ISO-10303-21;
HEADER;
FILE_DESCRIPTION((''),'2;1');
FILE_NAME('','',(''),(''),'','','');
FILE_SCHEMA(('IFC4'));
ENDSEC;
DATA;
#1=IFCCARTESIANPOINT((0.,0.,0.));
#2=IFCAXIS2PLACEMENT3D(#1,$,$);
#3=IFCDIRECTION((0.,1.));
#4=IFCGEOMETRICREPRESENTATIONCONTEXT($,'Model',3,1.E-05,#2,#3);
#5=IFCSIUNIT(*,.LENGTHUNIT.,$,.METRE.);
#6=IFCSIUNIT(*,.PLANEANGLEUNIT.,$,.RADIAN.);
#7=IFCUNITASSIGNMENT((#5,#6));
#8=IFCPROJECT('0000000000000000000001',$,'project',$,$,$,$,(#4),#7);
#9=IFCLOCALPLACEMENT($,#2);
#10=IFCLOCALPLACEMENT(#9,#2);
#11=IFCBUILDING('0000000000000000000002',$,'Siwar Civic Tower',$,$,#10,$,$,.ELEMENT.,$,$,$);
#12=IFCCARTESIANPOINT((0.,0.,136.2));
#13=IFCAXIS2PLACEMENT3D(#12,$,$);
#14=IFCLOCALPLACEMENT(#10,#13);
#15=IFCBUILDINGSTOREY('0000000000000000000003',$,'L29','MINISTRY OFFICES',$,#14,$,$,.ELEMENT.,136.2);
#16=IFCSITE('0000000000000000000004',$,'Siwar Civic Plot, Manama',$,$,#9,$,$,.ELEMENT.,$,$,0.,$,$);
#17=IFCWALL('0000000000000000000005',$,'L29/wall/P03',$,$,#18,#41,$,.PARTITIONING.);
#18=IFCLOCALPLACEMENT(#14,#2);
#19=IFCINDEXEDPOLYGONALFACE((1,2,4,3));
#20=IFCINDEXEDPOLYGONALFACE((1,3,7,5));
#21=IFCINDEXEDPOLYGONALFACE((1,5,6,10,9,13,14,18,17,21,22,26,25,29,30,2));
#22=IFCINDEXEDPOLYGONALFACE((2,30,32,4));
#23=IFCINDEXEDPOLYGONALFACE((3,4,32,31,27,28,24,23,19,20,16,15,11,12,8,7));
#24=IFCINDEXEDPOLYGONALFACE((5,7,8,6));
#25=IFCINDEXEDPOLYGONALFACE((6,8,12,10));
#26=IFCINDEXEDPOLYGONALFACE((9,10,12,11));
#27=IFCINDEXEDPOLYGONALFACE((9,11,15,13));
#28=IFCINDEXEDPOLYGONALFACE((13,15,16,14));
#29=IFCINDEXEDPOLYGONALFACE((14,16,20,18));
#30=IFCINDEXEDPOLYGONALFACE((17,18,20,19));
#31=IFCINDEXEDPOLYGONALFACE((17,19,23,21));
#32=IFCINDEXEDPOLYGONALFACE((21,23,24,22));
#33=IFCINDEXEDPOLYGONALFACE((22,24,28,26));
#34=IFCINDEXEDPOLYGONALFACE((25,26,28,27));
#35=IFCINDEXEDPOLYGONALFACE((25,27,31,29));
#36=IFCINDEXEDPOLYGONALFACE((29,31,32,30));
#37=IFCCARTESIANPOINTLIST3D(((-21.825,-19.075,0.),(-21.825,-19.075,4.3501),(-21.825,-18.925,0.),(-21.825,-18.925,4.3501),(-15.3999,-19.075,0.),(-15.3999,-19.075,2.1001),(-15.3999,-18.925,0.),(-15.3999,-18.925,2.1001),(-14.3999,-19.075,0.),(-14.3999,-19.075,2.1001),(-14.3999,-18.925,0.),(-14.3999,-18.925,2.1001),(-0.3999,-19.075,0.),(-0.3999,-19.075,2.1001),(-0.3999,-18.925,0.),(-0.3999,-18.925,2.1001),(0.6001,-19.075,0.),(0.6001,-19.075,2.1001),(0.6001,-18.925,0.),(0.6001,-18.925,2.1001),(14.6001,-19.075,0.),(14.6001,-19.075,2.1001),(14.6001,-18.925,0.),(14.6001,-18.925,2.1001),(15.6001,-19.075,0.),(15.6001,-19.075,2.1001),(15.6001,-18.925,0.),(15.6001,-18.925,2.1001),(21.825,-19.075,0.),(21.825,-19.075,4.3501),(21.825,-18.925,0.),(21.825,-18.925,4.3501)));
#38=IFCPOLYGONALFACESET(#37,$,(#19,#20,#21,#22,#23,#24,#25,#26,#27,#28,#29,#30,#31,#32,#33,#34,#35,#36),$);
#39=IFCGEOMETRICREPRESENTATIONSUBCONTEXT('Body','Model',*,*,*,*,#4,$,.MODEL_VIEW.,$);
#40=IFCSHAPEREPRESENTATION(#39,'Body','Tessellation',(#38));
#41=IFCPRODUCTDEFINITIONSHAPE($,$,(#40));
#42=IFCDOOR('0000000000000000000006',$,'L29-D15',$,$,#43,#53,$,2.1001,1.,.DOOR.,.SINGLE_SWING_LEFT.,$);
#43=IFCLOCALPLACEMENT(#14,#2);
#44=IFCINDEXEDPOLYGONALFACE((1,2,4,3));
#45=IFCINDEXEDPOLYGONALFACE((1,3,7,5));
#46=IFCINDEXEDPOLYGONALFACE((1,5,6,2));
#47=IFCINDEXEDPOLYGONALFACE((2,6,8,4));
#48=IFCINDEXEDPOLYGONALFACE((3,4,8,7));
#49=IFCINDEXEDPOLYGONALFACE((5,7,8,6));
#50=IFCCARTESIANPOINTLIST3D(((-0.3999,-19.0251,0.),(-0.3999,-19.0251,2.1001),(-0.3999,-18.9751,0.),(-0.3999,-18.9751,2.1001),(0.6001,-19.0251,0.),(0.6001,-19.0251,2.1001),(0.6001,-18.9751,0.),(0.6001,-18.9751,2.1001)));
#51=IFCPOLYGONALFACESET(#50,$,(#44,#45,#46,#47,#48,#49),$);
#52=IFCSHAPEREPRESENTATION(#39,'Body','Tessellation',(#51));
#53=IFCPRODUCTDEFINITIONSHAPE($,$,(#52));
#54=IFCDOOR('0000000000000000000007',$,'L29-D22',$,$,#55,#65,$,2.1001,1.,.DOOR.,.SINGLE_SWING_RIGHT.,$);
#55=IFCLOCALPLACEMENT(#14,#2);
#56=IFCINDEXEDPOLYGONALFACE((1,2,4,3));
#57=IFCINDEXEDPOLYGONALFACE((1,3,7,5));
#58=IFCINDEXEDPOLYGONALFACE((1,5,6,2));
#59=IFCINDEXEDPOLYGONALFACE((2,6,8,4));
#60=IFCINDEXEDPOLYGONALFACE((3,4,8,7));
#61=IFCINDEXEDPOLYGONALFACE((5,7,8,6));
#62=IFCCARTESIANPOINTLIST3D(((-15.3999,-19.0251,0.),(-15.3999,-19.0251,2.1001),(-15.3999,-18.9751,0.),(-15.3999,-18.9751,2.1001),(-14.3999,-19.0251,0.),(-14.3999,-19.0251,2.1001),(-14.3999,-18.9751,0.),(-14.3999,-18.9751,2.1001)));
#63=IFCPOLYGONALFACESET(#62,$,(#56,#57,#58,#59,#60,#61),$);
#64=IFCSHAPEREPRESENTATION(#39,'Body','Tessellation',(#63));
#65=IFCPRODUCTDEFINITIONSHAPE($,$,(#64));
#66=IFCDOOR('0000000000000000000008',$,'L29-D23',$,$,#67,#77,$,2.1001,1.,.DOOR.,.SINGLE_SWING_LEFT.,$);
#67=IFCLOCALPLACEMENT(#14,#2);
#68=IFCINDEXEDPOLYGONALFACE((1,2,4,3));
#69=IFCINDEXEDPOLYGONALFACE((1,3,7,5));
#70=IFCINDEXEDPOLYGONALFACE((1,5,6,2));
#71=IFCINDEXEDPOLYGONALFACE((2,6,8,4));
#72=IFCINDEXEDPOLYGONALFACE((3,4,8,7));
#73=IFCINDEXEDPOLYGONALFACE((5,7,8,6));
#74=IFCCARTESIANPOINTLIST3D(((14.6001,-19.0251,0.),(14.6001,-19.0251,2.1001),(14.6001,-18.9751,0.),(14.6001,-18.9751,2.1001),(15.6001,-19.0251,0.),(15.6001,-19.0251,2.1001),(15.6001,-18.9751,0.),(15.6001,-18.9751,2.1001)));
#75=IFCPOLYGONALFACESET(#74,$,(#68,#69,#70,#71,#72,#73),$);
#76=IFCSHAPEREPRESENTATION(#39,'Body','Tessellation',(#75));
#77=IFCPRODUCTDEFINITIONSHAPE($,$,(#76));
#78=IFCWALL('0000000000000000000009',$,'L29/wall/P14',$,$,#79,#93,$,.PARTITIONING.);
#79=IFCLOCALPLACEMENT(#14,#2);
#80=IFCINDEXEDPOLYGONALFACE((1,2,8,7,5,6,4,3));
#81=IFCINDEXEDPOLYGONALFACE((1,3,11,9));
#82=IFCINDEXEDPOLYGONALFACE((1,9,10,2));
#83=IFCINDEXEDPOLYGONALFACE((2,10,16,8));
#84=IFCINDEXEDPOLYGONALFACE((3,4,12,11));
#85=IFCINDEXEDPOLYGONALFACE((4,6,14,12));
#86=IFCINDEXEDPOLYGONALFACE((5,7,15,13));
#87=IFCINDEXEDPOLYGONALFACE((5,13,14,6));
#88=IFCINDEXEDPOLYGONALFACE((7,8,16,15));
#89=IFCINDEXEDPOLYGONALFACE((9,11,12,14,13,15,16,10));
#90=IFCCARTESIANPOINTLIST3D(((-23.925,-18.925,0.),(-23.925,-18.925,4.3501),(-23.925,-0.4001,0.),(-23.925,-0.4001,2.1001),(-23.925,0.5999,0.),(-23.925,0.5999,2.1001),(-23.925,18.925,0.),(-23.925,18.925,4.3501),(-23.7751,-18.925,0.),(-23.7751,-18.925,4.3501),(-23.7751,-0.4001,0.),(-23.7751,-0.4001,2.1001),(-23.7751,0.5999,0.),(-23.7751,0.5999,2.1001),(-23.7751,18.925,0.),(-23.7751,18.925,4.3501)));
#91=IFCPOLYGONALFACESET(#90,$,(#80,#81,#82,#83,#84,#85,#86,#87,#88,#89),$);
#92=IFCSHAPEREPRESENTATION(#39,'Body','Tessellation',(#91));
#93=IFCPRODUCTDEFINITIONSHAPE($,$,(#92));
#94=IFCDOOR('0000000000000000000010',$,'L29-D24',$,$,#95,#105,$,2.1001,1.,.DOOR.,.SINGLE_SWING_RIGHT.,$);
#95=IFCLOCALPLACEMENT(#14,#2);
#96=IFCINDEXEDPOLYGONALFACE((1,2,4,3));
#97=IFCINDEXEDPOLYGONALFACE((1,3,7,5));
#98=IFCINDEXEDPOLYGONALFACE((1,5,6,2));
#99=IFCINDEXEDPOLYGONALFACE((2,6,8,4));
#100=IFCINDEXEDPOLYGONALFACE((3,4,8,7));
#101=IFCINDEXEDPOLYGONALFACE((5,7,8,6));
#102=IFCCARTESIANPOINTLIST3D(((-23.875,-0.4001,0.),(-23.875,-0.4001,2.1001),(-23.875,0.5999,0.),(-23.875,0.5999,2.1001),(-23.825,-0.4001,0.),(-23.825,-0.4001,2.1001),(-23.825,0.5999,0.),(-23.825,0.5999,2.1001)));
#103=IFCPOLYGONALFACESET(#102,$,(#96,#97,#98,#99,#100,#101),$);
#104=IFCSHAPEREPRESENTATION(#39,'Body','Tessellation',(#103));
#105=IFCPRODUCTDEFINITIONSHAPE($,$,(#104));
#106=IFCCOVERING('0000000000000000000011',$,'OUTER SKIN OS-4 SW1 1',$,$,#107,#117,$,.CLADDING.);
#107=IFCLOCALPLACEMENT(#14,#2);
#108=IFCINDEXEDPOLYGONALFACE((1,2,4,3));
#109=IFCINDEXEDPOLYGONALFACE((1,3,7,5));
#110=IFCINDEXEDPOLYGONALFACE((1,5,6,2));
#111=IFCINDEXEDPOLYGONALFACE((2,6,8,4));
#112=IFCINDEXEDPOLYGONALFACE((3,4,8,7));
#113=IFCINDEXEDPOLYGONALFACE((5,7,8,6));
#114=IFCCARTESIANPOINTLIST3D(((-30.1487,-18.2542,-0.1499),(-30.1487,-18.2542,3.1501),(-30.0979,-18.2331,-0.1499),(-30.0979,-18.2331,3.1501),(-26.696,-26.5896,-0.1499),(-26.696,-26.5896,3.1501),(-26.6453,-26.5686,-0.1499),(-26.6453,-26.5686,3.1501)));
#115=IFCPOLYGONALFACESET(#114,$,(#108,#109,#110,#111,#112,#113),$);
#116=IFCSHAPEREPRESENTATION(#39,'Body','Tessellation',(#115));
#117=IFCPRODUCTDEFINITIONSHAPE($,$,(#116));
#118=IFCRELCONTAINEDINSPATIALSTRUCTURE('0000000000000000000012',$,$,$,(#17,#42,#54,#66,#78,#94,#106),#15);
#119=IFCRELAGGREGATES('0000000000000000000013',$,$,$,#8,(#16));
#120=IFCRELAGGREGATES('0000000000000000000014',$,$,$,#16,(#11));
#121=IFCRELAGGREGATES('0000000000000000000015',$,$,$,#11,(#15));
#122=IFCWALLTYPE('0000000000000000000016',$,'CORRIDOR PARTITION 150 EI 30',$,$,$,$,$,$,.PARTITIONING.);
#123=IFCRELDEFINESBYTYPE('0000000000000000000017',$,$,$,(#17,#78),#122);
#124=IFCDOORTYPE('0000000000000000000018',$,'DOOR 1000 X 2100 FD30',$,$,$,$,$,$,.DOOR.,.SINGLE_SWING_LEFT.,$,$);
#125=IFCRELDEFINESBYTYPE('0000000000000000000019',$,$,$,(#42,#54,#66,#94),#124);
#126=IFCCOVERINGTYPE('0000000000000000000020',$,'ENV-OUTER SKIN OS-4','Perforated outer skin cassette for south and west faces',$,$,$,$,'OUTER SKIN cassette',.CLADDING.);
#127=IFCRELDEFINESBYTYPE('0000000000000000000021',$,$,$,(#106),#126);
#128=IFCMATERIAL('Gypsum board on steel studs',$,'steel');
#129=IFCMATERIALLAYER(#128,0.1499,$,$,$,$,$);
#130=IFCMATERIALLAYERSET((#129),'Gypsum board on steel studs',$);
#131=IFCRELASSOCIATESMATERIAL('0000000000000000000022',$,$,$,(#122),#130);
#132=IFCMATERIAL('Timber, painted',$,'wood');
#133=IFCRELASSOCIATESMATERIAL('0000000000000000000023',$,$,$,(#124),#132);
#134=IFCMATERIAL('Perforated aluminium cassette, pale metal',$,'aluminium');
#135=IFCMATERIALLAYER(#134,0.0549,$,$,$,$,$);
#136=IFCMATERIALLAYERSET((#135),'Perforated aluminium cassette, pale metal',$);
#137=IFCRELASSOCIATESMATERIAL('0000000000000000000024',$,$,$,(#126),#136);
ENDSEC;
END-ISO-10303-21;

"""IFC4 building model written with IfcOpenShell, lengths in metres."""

from ifc_helpers import new_model, si_unit, direction, frame, frame_2d, origin, origin_2d, place, context, subcontext, project, spatial, rectangle, extrude, material, layer, layer_set, type_object, element, fill, save


model = new_model("IFC4")

# Units and contexts
model_context = context("Model", 3, precision=1e-05, world=origin(), true_north=direction((0.0, 1.0)))
body_context = subcontext(model_context, "Body", "Model", "MODEL_VIEW")
ifc_project = project(units=[si_unit("LENGTHUNIT", "METRE"), si_unit("PLANEANGLEUNIT", "RADIAN")], contexts=[model_context])

# Site, building, storey
site_placement = place(None, origin())
site = spatial("IfcSite", under=ifc_project, at=site_placement, Name="Siwar Civic Plot, Manama", CompositionType="ELEMENT", RefElevation=0.0)
building_placement = place(site_placement, origin())
building = spatial("IfcBuilding", under=site, at=building_placement, Name="Siwar Civic Tower", CompositionType="ELEMENT")
storey_placement = place(building_placement, frame((0.0, 0.0, 136.2)))
storey = spatial("IfcBuildingStorey", under=building, at=storey_placement, Name="L29", Description="MINISTRY OFFICES", CompositionType="ELEMENT", Elevation=136.2)

# Shared definitions
ifc_material_1 = material(Name="Gypsum board on steel studs", Category="steel")
ifc_layer_1 = layer(ifc_material_1, 0.1499)
ifc_layer_set_1 = layer_set([ifc_layer_1], Name="Gypsum board on steel studs")
wall_type = type_object("IfcWallType", Name="CORRIDOR PARTITION 150 EI 30", PredefinedType="PARTITIONING", material=ifc_layer_set_1)
ifc_material_2 = material(Name="Timber, painted", Category="wood")
door_type = type_object("IfcDoorType", Name="DOOR 1000 X 2100 FD30", OperationType="SINGLE_SWING_LEFT", PredefinedType="DOOR", material=ifc_material_2)

# Wall, openings, doors
wall_1_placement = place(storey_placement, frame((-21.825, -19.0, 0.0), z_axis=(0.0, 0.0, 1.0), x_axis=(1.0, 0.0, 0.0)))
wall_1 = element("IfcWall", 1, at=wall_1_placement, inside=storey, type_object=wall_type, Name="L29/wall/P03", PredefinedType="PARTITIONING", context=body_context, shape_type="SweptSolid", body=[
    extrude(rectangle(XDim=43.6499, YDim=0.1499, at=frame_2d((21.825, 0.0))), origin(), (0.0, 0.0, 1.0), 4.3501),
])
opening_1_placement = place(wall_1_placement, frame((21.425, 0.0, 0.0)))
opening_1 = element("IfcOpeningElement", 2, at=opening_1_placement, cuts=wall_1, PredefinedType="OPENING", context=body_context, shape_type="SweptSolid", body=[
    extrude(rectangle(XDim=1.0, YDim=2.1001, at=frame_2d((0.5, 1.05))), frame((0.0, 0.085, 0.0), z_axis=(0.0, -1.0, 0.0), x_axis=(1.0, 0.0, 0.0)), (0.0, 0.0, 1.0), 0.1699),
])
opening_2_placement = place(wall_1_placement, frame((6.425, 0.0, 0.0)))
opening_2 = element("IfcOpeningElement", 3, at=opening_2_placement, cuts=wall_1, PredefinedType="OPENING", context=body_context, shape_type="SweptSolid", body=[
    extrude(rectangle(XDim=1.0, YDim=2.1001, at=frame_2d((0.5, 1.05))), frame((0.0, 0.085, 0.0), z_axis=(0.0, -1.0, 0.0), x_axis=(1.0, 0.0, 0.0)), (0.0, 0.0, 1.0), 0.1699),
])
opening_3_placement = place(wall_1_placement, frame((36.425, 0.0, 0.0)))
opening_3 = element("IfcOpeningElement", 4, at=opening_3_placement, cuts=wall_1, PredefinedType="OPENING", context=body_context, shape_type="SweptSolid", body=[
    extrude(rectangle(XDim=1.0, YDim=2.1001, at=frame_2d((0.5, 1.05))), frame((0.0, 0.085, 0.0), z_axis=(0.0, -1.0, 0.0), x_axis=(1.0, 0.0, 0.0)), (0.0, 0.0, 1.0), 0.1699),
])
door_1_placement = place(opening_1_placement, origin())
door_1 = element("IfcDoor", 5, at=door_1_placement, inside=storey, type_object=door_type, Name="L29-D15", OperationType="SINGLE_SWING_LEFT", OverallHeight=2.1001, OverallWidth=1.0, PredefinedType="DOOR", context=body_context, shape_type="SweptSolid", body=[
    extrude(rectangle(XDim=1.0, YDim=2.1001, at=frame_2d((0.5, 1.05))), frame((0.0, 0.0249, 0.0), z_axis=(0.0, -1.0, 0.0), x_axis=(1.0, 0.0, 0.0)), (0.0, 0.0, 1.0), 0.05),
])
fill(opening_1, door_1)
door_2_placement = place(opening_2_placement, origin())
door_2 = element("IfcDoor", 6, at=door_2_placement, inside=storey, type_object=door_type, Name="L29-D22", OperationType="SINGLE_SWING_RIGHT", OverallHeight=2.1001, OverallWidth=1.0, PredefinedType="DOOR", context=body_context, shape_type="SweptSolid", body=[
    extrude(rectangle(XDim=1.0, YDim=2.1001, at=frame_2d((0.5, 1.05))), frame((0.0, 0.0249, 0.0), z_axis=(0.0, -1.0, 0.0), x_axis=(1.0, 0.0, 0.0)), (0.0, 0.0, 1.0), 0.05),
])
fill(opening_2, door_2)
door_3_placement = place(opening_3_placement, origin())
door_3 = element("IfcDoor", 7, at=door_3_placement, inside=storey, type_object=door_type, Name="L29-D23", OperationType="SINGLE_SWING_LEFT", OverallHeight=2.1001, OverallWidth=1.0, PredefinedType="DOOR", context=body_context, shape_type="SweptSolid", body=[
    extrude(rectangle(XDim=1.0, YDim=2.1001, at=frame_2d((0.5, 1.05))), frame((0.0, 0.0249, 0.0), z_axis=(0.0, -1.0, 0.0), x_axis=(1.0, 0.0, 0.0)), (0.0, 0.0, 1.0), 0.05),
])
fill(opening_3, door_3)

# Wall, opening, door
wall_2_placement = place(storey_placement, frame((-23.8501, -18.925, 0.0), z_axis=(0.0, 0.0, 1.0), x_axis=(0.0, 1.0, 0.0)))
wall_2 = element("IfcWall", 8, at=wall_2_placement, inside=storey, type_object=wall_type, Name="L29/wall/P14", PredefinedType="PARTITIONING", context=body_context, shape_type="SweptSolid", body=[
    extrude(rectangle(XDim=37.8501, YDim=0.1499, at=frame_2d((18.925, 0.0))), origin(), (0.0, 0.0, 1.0), 4.3501),
])
opening_4_placement = place(wall_2_placement, frame((18.5249, 0.0, 0.0)))
opening_4 = element("IfcOpeningElement", 9, at=opening_4_placement, cuts=wall_2, PredefinedType="OPENING", context=body_context, shape_type="SweptSolid", body=[
    extrude(rectangle(XDim=1.0, YDim=2.1001, at=frame_2d((0.5, 1.05))), frame((0.0, 0.085, 0.0), z_axis=(0.0, -1.0, 0.0), x_axis=(1.0, 0.0, 0.0)), (0.0, 0.0, 1.0), 0.1699),
])
door_4_placement = place(opening_4_placement, origin())
door_4 = element("IfcDoor", 10, at=door_4_placement, inside=storey, type_object=door_type, Name="L29-D24", OperationType="SINGLE_SWING_RIGHT", OverallHeight=2.1001, OverallWidth=1.0, PredefinedType="DOOR", context=body_context, shape_type="SweptSolid", body=[
    extrude(rectangle(XDim=1.0, YDim=2.1001, at=frame_2d((0.5, 1.05))), frame((0.0, 0.0249, 0.0), z_axis=(0.0, -1.0, 0.0), x_axis=(1.0, 0.0, 0.0)), (0.0, 0.0, 1.0), 0.05),
])
fill(opening_4, door_4)

# Covering
ifc_material_3 = material(Name="Perforated aluminium cassette, pale metal", Category="aluminium")
ifc_layer_2 = layer(ifc_material_3, 0.0549)
ifc_layer_set_2 = layer_set([ifc_layer_2], Name="Perforated aluminium cassette, pale metal")
covering_type = type_object("IfcCoveringType", Name="ENV-OUTER SKIN OS-4", Description="Perforated outer skin cassette for south and west faces", ElementType="OUTER SKIN cassette", PredefinedType="CLADDING", material=ifc_layer_set_2)
covering_placement = place(storey_placement, frame((-28.397, -22.4114, -0.1499), z_axis=(0.0, 0.0, 1.0), x_axis=(0.382683, -0.92388, 0.0)))
element("IfcCovering", 11, at=covering_placement, inside=storey, type_object=covering_type, Name="OUTER SKIN OS-4 SW1 1", PredefinedType="CLADDING", context=body_context, shape_type="SweptSolid", body=[
    extrude(rectangle(XDim=9.0222, YDim=0.0549, at=origin_2d()), origin(), (0.0, 0.0, 1.0), 3.3),
])

save(model, "model.ifc")
